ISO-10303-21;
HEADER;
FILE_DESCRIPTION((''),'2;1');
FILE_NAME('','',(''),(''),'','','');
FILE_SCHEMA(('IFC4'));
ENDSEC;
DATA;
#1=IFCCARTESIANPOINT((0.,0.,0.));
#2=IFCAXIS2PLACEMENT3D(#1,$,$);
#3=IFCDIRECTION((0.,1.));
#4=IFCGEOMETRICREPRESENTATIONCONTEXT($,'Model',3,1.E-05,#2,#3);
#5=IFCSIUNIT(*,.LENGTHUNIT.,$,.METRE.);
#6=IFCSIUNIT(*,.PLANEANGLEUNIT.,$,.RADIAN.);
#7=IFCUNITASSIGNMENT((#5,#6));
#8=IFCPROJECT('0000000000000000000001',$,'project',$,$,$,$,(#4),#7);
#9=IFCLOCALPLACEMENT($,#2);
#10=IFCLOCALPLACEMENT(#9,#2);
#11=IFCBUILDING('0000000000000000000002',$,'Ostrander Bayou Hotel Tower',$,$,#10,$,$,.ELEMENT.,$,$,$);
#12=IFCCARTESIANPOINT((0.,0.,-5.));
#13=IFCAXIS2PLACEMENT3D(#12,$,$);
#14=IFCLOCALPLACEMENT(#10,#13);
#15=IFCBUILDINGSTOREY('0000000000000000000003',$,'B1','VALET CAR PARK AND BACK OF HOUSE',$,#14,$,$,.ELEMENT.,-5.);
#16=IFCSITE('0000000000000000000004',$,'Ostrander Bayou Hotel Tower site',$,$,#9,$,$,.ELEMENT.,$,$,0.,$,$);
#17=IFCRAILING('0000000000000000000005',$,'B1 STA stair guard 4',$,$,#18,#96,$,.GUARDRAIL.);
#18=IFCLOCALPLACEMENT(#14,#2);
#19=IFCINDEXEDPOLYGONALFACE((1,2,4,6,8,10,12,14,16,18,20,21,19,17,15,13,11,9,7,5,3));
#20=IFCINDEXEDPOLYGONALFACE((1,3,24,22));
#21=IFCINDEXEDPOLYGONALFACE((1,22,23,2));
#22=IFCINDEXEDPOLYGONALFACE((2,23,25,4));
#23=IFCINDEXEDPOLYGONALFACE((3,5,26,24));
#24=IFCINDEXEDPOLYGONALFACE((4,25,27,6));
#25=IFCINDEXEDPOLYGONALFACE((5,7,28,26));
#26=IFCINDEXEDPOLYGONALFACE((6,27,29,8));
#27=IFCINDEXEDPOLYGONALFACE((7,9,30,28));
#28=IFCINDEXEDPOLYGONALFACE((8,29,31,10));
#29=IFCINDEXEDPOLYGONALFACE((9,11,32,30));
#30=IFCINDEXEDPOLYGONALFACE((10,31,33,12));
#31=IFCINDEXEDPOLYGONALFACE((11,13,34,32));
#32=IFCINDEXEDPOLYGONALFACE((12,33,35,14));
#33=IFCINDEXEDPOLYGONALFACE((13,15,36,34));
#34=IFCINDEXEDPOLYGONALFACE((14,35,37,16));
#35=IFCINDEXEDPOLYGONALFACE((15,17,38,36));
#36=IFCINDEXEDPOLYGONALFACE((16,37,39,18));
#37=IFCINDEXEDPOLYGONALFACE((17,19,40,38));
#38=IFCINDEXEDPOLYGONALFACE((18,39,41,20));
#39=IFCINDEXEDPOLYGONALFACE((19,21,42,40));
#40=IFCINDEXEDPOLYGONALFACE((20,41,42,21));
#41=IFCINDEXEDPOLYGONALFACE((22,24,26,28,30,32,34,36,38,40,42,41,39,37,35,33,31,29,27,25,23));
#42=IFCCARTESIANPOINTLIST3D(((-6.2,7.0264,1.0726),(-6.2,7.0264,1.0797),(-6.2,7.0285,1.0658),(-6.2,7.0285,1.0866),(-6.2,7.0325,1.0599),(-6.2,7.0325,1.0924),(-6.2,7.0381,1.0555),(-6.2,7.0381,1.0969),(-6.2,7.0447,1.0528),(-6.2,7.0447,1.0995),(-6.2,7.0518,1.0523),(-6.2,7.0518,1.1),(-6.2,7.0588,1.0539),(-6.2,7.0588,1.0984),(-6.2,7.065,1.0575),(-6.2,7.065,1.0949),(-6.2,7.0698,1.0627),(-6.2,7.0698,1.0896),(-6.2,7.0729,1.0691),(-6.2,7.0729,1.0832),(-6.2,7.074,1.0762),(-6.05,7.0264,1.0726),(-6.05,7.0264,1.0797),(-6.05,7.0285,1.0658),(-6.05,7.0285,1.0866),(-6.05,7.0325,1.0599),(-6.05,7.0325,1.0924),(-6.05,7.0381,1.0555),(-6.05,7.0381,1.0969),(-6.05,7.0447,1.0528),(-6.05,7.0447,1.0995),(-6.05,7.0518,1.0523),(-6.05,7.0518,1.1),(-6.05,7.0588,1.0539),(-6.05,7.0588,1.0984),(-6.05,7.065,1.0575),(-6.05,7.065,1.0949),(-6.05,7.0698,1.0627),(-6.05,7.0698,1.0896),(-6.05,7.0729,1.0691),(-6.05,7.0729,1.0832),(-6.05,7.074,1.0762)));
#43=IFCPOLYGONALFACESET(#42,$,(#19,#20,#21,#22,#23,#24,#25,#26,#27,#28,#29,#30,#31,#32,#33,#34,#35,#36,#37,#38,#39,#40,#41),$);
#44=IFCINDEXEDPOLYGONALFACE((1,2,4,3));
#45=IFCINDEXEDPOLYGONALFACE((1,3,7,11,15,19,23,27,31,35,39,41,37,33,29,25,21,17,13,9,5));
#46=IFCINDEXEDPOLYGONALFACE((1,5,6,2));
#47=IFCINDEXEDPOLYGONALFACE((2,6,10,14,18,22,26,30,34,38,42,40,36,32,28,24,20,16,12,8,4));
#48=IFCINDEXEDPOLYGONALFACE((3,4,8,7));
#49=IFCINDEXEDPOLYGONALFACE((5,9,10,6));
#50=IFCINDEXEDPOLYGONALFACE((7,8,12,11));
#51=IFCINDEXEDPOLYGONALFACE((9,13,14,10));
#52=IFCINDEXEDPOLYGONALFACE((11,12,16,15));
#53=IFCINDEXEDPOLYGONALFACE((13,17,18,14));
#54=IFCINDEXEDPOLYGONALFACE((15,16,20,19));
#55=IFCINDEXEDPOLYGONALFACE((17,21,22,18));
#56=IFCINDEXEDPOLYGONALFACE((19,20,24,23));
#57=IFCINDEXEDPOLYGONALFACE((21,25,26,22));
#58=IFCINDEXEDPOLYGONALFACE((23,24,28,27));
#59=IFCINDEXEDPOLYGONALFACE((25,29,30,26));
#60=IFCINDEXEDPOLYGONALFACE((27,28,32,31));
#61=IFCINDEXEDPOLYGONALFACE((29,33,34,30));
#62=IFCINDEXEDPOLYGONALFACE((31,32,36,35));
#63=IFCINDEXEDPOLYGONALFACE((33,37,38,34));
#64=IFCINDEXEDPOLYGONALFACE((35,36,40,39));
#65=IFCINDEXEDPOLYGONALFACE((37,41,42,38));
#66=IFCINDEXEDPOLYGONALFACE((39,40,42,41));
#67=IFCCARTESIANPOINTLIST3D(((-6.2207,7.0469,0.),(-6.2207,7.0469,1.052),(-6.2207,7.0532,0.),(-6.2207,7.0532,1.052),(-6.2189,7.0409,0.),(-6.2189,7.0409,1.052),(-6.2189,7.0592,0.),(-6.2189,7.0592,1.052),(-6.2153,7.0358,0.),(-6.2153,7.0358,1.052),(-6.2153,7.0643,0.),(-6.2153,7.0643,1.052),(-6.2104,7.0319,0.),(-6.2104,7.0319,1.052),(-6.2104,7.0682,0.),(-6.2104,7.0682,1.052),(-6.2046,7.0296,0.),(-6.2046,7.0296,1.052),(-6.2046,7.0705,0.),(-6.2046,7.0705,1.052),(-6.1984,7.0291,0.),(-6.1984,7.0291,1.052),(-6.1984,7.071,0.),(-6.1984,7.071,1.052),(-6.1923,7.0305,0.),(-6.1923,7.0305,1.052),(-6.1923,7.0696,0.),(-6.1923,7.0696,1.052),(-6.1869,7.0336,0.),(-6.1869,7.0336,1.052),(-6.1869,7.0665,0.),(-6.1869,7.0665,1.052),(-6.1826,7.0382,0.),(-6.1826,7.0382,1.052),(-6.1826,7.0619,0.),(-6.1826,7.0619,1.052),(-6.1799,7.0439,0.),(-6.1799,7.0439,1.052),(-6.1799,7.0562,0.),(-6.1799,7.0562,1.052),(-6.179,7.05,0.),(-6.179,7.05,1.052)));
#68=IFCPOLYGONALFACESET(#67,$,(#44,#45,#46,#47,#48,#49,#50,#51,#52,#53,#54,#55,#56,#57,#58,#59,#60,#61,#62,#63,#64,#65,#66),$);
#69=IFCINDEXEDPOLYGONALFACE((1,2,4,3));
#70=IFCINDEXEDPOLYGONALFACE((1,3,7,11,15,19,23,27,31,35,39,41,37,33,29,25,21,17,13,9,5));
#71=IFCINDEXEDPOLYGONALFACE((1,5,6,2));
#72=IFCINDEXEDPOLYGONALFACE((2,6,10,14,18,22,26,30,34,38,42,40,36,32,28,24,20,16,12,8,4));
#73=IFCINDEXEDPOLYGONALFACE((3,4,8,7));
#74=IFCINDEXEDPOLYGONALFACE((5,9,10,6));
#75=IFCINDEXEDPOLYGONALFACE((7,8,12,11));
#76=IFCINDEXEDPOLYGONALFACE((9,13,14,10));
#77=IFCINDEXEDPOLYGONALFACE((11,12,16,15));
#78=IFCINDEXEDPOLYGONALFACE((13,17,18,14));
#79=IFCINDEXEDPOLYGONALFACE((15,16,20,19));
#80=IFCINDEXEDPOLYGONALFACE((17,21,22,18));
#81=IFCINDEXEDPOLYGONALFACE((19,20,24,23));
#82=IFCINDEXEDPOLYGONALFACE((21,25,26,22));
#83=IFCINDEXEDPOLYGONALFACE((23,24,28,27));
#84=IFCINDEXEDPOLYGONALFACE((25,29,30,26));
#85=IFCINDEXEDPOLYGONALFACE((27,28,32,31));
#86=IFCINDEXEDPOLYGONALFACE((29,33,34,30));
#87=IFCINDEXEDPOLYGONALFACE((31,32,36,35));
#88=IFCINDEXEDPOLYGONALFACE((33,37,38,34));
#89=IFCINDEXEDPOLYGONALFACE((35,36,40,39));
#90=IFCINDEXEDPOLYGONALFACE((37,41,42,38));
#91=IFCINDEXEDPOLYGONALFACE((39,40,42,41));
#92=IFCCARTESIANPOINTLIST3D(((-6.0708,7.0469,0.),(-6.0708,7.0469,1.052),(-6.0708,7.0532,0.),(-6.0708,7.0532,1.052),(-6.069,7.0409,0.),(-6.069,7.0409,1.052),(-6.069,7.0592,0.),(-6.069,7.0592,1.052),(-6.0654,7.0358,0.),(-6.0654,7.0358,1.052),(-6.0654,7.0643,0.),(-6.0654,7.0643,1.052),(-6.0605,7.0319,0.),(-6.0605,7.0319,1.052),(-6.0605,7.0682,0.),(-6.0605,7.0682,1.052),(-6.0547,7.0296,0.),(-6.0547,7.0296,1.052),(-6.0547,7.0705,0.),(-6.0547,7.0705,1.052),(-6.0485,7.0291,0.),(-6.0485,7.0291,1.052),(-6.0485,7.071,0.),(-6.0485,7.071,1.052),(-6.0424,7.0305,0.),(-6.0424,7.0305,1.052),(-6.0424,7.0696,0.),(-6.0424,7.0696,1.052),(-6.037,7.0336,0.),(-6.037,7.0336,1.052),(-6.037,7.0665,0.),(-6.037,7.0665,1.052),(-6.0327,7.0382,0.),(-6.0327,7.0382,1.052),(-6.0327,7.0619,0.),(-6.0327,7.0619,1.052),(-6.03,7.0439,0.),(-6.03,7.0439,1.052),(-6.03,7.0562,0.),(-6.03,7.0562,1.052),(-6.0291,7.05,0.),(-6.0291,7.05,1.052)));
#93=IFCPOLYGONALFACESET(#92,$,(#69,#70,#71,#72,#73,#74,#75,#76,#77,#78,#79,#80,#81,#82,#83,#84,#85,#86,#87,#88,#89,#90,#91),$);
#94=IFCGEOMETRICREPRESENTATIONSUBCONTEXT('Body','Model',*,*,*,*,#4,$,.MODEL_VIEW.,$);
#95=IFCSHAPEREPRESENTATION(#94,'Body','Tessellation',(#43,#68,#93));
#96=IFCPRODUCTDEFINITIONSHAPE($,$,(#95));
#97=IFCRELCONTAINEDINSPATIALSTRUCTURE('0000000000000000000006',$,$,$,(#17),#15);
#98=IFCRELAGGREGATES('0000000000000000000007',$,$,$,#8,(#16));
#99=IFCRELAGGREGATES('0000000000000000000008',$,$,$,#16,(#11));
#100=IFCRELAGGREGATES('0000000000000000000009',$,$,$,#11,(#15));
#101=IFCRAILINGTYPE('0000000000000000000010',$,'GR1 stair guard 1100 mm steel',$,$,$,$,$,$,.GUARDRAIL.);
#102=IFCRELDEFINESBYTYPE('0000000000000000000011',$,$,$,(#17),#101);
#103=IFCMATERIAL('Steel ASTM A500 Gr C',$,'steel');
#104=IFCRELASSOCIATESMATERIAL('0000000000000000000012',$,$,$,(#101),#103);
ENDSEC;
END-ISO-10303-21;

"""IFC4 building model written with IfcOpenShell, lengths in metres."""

from ifc_helpers import new_model, si_unit, direction, frame, origin, origin_2d, place, context, subcontext, project, spatial, circle, extrude, material, type_object, element, save


model = new_model("IFC4")

# Units and contexts
model_context = context("Model", 3, precision=1e-05, world=origin(), true_north=direction((0.0, 1.0)))
body_context = subcontext(model_context, "Body", "Model", "MODEL_VIEW")
ifc_project = project(units=[si_unit("LENGTHUNIT", "METRE"), si_unit("PLANEANGLEUNIT", "RADIAN")], contexts=[model_context])

# Site, building, storey
site_placement = place(None, origin())
site = spatial("IfcSite", under=ifc_project, at=site_placement, Name="Ostrander Bayou Hotel Tower site", CompositionType="ELEMENT", RefElevation=0.0)
building_placement = place(site_placement, origin())
building = spatial("IfcBuilding", under=site, at=building_placement, Name="Ostrander Bayou Hotel Tower", CompositionType="ELEMENT")
storey_placement = place(building_placement, frame((0.0, 0.0, -5.0)))
storey = spatial("IfcBuildingStorey", under=building, at=storey_placement, Name="B1", Description="VALET CAR PARK AND BACK OF HOUSE", CompositionType="ELEMENT", Elevation=-5.0)

# Railing
ifc_material_1 = material(Name="Steel ASTM A500 Gr C", Category="steel")
railing_type_1 = type_object("IfcRailingType", Name="GR1 stair guard 1100 mm steel", PredefinedType="GUARDRAIL", material=ifc_material_1)
railing_1_placement = place(storey_placement, frame((-6.2, 7.05, 0.0)))
element("IfcRailing", 1, at=railing_1_placement, inside=storey, type_object=railing_type_1, Name="B1 STA stair guard 4", PredefinedType="GUARDRAIL", context=body_context, shape_type="SweptSolid", body=[
    extrude(circle(Radius=0.0239, at=origin_2d()), frame((0.0, 0.0, 1.0762), z_axis=(1.0, 0.0, 0.0), x_axis=(0.0, 1.0, 0.0)), (0.0, 0.0, 1.0), 0.1499),
    extrude(circle(Radius=0.021, at=origin_2d()), origin(), (0.0, 0.0, 1.0), 1.052),
    extrude(circle(Radius=0.021, at=origin_2d()), frame((0.1499, 0.0, 0.0)), (0.0, 0.0, 1.0), 1.052),
])

save(model, "model.ifc")
